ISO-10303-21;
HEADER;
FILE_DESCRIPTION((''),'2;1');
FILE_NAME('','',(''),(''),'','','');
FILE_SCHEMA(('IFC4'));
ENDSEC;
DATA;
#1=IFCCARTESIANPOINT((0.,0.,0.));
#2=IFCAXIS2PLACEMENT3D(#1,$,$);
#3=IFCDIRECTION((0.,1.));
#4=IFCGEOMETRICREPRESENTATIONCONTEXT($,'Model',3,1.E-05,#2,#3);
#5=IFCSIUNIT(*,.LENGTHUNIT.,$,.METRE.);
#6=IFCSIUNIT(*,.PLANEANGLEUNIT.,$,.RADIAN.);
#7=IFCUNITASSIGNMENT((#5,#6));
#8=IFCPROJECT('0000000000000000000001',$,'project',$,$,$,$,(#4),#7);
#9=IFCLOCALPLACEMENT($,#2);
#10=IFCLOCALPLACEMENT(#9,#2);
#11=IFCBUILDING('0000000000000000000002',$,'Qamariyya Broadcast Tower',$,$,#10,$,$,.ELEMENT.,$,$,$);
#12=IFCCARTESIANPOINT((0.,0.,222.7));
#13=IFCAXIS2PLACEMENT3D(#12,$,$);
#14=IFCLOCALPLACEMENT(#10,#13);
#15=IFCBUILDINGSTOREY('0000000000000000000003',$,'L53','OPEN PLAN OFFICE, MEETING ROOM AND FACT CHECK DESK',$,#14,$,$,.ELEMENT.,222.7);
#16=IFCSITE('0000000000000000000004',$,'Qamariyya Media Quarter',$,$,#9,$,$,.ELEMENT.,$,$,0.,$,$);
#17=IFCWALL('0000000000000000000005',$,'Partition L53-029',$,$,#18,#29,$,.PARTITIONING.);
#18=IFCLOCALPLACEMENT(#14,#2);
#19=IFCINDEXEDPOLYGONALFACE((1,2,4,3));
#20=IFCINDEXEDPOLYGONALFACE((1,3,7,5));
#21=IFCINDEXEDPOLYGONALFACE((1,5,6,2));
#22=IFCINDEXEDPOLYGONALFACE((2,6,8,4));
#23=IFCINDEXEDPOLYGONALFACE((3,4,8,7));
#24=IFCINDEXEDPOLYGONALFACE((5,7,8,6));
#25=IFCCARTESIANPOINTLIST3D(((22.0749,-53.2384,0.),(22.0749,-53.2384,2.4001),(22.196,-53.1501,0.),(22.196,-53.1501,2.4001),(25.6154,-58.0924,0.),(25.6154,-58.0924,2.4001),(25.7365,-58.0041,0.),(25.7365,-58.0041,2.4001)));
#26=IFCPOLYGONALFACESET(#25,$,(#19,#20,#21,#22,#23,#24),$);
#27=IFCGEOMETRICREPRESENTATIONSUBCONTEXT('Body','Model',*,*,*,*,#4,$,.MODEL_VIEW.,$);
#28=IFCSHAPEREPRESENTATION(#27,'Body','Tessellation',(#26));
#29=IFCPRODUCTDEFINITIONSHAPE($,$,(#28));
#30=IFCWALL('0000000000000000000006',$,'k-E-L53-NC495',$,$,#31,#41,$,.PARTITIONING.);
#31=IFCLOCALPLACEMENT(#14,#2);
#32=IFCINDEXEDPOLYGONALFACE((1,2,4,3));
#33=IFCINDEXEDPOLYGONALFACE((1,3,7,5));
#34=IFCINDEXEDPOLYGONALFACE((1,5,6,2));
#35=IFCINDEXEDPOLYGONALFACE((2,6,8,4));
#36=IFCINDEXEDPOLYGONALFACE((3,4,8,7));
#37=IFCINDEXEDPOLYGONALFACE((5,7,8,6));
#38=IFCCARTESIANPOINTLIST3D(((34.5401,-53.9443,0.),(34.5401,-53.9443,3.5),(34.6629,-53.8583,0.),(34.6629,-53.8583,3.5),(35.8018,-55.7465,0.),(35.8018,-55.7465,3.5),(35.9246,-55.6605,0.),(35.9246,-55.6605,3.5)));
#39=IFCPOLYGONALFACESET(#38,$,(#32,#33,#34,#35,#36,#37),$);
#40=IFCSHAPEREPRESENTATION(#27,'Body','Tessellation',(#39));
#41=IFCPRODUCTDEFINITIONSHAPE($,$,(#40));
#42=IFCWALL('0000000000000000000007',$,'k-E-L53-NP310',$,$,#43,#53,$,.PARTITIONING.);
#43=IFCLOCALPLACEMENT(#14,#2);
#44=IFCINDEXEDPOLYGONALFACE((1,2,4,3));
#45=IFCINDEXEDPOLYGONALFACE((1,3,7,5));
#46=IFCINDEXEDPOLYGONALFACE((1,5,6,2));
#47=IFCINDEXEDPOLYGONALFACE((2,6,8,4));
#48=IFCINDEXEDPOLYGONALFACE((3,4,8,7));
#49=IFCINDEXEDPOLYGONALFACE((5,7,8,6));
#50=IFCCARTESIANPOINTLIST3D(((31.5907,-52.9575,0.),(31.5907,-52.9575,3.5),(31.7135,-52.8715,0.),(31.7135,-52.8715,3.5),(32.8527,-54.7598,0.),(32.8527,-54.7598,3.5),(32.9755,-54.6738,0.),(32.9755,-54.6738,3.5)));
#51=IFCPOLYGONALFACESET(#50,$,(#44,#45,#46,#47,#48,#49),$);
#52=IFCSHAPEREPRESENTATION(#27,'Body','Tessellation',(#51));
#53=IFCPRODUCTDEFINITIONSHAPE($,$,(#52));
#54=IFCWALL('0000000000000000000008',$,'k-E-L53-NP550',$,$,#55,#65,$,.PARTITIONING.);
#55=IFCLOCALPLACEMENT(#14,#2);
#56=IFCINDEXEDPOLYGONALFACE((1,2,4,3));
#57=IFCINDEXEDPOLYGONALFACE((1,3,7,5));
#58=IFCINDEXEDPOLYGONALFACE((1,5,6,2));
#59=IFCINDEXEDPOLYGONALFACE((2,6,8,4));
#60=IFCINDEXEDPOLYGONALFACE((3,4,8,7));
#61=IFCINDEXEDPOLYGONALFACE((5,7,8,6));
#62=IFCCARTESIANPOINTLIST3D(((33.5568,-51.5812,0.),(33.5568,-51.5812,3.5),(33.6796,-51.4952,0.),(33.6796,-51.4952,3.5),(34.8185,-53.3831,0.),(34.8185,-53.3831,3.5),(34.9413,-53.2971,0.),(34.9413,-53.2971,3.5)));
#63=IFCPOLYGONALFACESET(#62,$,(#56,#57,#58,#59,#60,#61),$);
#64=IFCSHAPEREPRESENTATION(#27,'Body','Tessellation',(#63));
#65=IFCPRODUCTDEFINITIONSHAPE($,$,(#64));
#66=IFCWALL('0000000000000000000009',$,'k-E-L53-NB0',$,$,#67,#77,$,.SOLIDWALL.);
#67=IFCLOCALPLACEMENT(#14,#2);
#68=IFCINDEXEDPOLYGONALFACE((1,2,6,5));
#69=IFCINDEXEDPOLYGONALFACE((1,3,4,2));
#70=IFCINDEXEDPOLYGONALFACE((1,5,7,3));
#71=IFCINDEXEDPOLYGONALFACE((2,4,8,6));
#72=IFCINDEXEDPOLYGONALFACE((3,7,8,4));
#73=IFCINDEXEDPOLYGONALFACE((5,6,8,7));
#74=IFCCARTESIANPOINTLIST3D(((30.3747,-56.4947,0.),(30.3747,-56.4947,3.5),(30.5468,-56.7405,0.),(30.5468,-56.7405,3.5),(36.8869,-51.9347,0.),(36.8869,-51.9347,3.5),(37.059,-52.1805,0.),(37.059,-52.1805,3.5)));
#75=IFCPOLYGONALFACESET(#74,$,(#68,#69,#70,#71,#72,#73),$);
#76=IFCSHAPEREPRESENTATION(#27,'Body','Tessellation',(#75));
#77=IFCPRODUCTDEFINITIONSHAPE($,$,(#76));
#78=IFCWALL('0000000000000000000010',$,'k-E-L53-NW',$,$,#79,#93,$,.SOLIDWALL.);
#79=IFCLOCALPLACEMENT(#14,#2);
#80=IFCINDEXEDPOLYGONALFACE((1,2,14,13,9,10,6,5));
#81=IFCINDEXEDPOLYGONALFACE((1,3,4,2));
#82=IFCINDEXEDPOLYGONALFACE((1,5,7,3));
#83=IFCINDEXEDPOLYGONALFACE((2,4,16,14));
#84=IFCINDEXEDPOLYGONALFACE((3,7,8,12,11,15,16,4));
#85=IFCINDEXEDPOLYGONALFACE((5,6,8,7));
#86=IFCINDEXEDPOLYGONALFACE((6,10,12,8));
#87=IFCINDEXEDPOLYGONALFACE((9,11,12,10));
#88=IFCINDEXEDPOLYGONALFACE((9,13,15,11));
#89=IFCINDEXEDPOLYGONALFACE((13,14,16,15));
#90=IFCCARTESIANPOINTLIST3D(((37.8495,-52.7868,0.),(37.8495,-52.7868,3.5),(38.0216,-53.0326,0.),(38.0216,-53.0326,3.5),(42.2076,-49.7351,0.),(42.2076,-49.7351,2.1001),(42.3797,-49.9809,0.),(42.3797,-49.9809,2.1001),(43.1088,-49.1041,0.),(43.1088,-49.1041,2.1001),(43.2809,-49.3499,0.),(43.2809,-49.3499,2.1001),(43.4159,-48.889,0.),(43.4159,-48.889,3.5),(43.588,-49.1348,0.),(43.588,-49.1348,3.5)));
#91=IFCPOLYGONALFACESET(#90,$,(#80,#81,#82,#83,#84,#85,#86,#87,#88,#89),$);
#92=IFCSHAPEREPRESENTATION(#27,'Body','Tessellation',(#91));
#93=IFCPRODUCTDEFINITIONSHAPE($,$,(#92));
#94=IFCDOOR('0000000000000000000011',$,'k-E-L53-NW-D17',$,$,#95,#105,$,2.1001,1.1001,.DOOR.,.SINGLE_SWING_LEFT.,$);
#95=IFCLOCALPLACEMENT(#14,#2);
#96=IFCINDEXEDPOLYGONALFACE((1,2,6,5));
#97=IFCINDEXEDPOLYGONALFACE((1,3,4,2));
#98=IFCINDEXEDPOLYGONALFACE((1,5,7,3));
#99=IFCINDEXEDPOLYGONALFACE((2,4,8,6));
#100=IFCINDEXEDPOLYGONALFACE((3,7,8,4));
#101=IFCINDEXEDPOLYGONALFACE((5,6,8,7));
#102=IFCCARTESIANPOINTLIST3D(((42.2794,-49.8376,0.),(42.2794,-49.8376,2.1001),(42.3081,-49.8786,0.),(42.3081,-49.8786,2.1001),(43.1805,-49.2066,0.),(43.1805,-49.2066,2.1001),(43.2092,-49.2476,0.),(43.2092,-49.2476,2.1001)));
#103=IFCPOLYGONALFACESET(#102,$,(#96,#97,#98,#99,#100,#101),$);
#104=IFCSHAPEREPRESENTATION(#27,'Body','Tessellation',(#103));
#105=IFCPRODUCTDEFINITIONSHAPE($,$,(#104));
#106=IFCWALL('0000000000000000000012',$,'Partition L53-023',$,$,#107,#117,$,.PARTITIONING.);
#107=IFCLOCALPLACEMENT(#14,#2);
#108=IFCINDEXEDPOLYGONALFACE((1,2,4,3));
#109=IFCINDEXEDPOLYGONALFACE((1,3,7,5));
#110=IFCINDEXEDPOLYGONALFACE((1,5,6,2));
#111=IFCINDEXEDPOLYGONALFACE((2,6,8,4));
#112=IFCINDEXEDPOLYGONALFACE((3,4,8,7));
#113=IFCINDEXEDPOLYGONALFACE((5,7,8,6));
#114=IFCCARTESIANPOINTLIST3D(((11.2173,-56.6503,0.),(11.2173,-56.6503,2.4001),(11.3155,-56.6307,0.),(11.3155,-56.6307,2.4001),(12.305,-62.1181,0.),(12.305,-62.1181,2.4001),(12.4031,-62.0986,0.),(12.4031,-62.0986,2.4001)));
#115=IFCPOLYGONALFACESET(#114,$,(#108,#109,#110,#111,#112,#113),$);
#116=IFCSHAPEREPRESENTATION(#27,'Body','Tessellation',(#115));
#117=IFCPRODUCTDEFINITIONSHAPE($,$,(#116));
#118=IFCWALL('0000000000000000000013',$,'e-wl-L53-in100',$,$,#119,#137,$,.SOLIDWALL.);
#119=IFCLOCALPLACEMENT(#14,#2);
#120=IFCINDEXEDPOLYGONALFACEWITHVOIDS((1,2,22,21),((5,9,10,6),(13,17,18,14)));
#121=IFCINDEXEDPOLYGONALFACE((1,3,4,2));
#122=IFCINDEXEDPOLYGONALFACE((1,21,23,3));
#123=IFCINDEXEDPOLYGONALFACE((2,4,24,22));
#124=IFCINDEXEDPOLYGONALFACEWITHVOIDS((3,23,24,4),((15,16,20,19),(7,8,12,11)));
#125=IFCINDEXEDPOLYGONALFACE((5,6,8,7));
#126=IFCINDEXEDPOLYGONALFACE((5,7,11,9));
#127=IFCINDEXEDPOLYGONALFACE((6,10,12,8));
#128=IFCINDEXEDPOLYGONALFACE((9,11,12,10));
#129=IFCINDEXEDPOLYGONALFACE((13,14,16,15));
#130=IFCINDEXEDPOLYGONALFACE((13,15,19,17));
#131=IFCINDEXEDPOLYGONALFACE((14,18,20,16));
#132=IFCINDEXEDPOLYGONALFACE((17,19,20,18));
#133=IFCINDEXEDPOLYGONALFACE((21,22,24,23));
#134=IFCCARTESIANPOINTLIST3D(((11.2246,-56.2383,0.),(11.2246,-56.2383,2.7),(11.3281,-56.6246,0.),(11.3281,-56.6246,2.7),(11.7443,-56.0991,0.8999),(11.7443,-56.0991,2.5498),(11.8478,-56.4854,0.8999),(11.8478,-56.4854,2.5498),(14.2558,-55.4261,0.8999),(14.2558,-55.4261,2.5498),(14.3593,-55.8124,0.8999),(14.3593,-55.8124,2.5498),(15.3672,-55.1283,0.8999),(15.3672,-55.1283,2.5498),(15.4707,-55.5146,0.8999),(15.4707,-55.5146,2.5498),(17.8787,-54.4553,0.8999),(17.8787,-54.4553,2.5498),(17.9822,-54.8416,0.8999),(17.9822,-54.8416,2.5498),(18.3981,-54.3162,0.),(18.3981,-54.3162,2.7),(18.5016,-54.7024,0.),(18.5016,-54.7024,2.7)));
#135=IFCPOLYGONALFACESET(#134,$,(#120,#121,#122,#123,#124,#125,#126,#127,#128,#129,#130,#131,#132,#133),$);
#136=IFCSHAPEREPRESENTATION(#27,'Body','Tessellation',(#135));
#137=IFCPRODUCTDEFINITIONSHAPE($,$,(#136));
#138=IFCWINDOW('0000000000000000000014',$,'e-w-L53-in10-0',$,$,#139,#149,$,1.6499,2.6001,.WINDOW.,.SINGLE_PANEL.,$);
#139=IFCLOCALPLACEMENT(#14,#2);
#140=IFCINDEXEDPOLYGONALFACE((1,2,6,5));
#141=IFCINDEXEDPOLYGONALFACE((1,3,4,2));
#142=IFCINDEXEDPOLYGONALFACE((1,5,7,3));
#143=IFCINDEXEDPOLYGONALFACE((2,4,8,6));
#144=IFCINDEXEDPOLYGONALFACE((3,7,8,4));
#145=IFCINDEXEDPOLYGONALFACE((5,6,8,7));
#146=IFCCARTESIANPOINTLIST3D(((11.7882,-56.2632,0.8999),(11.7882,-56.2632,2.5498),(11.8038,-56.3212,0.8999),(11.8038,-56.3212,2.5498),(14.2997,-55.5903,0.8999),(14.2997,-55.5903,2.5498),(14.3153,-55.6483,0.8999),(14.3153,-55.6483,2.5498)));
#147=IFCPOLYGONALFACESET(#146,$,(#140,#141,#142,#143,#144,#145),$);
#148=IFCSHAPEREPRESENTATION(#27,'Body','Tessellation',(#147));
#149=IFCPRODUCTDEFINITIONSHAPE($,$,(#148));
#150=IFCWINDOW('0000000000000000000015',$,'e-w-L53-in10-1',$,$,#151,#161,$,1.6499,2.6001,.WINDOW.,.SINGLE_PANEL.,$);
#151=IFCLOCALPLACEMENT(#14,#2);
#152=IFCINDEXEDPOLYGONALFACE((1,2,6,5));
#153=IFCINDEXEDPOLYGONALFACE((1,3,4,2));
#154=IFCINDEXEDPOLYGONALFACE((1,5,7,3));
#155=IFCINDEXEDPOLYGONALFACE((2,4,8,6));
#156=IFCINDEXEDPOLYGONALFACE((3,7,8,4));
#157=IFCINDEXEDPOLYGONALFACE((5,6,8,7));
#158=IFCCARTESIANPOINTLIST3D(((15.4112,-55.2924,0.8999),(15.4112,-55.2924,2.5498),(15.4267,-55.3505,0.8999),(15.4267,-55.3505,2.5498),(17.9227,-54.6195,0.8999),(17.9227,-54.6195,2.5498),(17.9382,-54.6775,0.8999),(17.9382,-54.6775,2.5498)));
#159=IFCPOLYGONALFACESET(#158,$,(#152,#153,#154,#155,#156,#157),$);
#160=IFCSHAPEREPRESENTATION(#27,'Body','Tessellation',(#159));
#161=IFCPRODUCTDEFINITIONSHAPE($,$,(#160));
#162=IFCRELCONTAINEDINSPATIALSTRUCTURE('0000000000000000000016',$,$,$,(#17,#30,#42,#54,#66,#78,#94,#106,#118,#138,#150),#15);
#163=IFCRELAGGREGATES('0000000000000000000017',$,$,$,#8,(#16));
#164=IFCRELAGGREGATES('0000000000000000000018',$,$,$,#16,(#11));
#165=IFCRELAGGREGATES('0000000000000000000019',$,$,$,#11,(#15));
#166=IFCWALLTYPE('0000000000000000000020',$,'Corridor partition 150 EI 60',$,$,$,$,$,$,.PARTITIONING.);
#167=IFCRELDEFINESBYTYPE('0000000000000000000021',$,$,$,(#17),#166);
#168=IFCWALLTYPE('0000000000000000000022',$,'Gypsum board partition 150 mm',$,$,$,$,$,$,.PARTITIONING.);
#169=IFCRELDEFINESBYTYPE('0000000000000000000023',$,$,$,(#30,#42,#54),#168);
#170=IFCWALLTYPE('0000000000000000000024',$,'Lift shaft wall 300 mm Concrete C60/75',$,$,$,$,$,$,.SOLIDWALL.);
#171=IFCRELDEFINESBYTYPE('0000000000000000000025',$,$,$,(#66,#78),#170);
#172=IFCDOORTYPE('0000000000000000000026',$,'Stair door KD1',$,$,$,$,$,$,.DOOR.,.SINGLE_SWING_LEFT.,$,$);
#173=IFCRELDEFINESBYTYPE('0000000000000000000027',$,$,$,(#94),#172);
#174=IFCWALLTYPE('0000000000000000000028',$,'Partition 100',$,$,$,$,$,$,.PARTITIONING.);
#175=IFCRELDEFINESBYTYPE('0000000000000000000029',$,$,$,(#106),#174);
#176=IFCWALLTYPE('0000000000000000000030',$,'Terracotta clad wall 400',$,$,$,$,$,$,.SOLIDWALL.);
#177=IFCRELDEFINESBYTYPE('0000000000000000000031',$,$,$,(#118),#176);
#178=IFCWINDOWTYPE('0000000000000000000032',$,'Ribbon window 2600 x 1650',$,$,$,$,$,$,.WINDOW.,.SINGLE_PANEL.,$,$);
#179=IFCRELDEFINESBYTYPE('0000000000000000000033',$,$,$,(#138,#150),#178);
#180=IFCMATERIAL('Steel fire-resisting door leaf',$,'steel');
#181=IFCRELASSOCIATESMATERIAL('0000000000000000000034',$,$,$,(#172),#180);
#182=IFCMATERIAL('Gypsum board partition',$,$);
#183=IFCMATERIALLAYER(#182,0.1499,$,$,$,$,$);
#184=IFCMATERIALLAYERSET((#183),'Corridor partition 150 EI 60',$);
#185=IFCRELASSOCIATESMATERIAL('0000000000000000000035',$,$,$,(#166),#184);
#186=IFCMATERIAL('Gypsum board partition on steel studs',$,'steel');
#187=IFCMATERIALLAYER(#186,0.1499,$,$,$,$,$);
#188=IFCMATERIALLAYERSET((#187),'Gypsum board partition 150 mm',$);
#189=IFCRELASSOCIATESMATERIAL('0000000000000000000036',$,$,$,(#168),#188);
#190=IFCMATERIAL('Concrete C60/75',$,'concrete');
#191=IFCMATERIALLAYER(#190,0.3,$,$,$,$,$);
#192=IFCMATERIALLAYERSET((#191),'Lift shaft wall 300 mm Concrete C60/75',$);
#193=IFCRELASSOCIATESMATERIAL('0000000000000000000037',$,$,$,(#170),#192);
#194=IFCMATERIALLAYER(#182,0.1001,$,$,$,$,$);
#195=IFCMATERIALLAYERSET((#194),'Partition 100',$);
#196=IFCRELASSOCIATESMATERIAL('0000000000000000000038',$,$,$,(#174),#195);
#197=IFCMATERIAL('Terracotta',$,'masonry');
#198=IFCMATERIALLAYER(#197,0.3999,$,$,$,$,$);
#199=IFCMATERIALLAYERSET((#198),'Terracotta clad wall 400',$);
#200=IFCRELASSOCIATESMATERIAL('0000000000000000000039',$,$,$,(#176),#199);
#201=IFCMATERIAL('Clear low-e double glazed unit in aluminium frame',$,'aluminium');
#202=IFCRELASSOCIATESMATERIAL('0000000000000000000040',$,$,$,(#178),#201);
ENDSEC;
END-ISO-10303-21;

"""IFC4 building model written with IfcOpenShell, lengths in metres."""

from ifc_helpers import new_model, si_unit, direction, frame, frame_2d, origin, place, context, subcontext, project, spatial, rectangle, extrude, material, layer, layer_set, type_object, element, fill, save


model = new_model("IFC4")

# Units and contexts
model_context = context("Model", 3, precision=1e-05, world=origin(), true_north=direction((0.0, 1.0)))
body_context = subcontext(model_context, "Body", "Model", "MODEL_VIEW")
ifc_project = project(units=[si_unit("LENGTHUNIT", "METRE"), si_unit("PLANEANGLEUNIT", "RADIAN")], contexts=[model_context])

# Site, building, storey
site_placement = place(None, origin())
site = spatial("IfcSite", under=ifc_project, at=site_placement, Name="Qamariyya Media Quarter", CompositionType="ELEMENT", RefElevation=0.0)
building_placement = place(site_placement, origin())
building = spatial("IfcBuilding", under=site, at=building_placement, Name="Qamariyya Broadcast Tower", CompositionType="ELEMENT")
storey_placement = place(building_placement, frame((0.0, 0.0, 222.7)))
storey = spatial("IfcBuildingStorey", under=building, at=storey_placement, Name="L53", Description="OPEN PLAN OFFICE, MEETING ROOM AND FACT CHECK DESK", CompositionType="ELEMENT", Elevation=222.7)

# Shared definitions
ifc_material_1 = material(Name="Concrete C60/75", Category="concrete")

# Shared definitions
ifc_material_2 = material(Name="Steel fire-resisting door leaf", Category="steel")
door_type_1 = type_object("IfcDoorType", Name="Stair door KD1", OperationType="SINGLE_SWING_LEFT", PredefinedType="DOOR", material=ifc_material_2)

# Walls
ifc_material_3 = material(Name="Gypsum board partition")
ifc_layer_1 = layer(ifc_material_3, 0.1499)
ifc_layer_set_1 = layer_set([ifc_layer_1], Name="Corridor partition 150 EI 60")
wall_type_1 = type_object("IfcWallType", Name="Corridor partition 150 EI 60", PredefinedType="PARTITIONING", material=ifc_layer_set_1)
wall_1_placement = place(storey_placement, frame((22.1355, -53.1943, 0.0), z_axis=(0.0, 0.0, 1.0), x_axis=(0.589297, -0.807916, 0.0)))
element("IfcWall", 1, at=wall_1_placement, inside=storey, type_object=wall_type_1, Name="Partition L53-029", PredefinedType="PARTITIONING", context=body_context, shape_type="SweptSolid", body=[
    extrude(rectangle(XDim=6.0081, YDim=0.1499, at=frame_2d((3.0039, 0.0))), origin(), (0.0, 0.0, 1.0), 2.4001),
])
ifc_material_4 = material(Name="Gypsum board partition on steel studs", Category="steel")
ifc_layer_2 = layer(ifc_material_4, 0.1499)
ifc_layer_set_2 = layer_set([ifc_layer_2], Name="Gypsum board partition 150 mm")
wall_type_2 = type_object("IfcWallType", Name="Gypsum board partition 150 mm", PredefinedType="PARTITIONING", material=ifc_layer_set_2)
wall_2_placement = place(storey_placement, frame((35.8633, -55.7036, 0.0), z_axis=(0.0, 0.0, 1.0), x_axis=(-0.573507, 0.819201, 0.0)))
element("IfcWall", 2, at=wall_2_placement, inside=storey, type_object=wall_type_2, Name="k-E-L53-NC495", PredefinedType="PARTITIONING", context=body_context, shape_type="SweptSolid", body=[
    extrude(rectangle(XDim=2.2, YDim=0.1499, at=frame_2d((1.1001, 0.0))), origin(), (0.0, 0.0, 1.0), 3.5),
])
wall_3_placement = place(storey_placement, frame((32.9141, -54.7168, 0.0), z_axis=(0.0, 0.0, 1.0), x_axis=(-0.573581, 0.819149, 0.0)))
element("IfcWall", 3, at=wall_3_placement, inside=storey, type_object=wall_type_2, Name="k-E-L53-NP310", PredefinedType="PARTITIONING", context=body_context, shape_type="SweptSolid", body=[
    extrude(rectangle(XDim=2.2002, YDim=0.1499, at=frame_2d((1.1001, 0.0))), origin(), (0.0, 0.0, 1.0), 3.5),
])
wall_4_placement = place(storey_placement, frame((34.8799, -53.3401, 0.0), z_axis=(0.0, 0.0, 1.0), x_axis=(-0.573559, 0.819164, 0.0)))
element("IfcWall", 4, at=wall_4_placement, inside=storey, type_object=wall_type_2, Name="k-E-L53-NP550", PredefinedType="PARTITIONING", context=body_context, shape_type="SweptSolid", body=[
    extrude(rectangle(XDim=2.1997, YDim=0.1499, at=frame_2d((1.0999, 0.0))), origin(), (0.0, 0.0, 1.0), 3.5),
])
ifc_layer_3 = layer(ifc_material_1, 0.3)
ifc_layer_set_3 = layer_set([ifc_layer_3], Name="Lift shaft wall 300 mm Concrete C60/75")
wall_type_3 = type_object("IfcWallType", Name="Lift shaft wall 300 mm Concrete C60/75", PredefinedType="SOLIDWALL", material=ifc_layer_set_3)
wall_5_placement = place(storey_placement, frame((30.4607, -56.6177, 0.0), z_axis=(0.0, 0.0, 1.0), x_axis=(0.819142, 0.57359, 0.0)))
element("IfcWall", 5, at=wall_5_placement, inside=storey, type_object=wall_type_3, Name="k-E-L53-NB0", PredefinedType="SOLIDWALL", context=body_context, shape_type="SweptSolid", body=[
    extrude(rectangle(XDim=7.95, YDim=0.3, at=frame_2d((3.9751, 0.0))), origin(), (0.0, 0.0, 1.0), 3.5),
])

# Wall, opening, door
wall_6_placement = place(storey_placement, frame((37.9355, -52.9097, 0.0), z_axis=(0.0, 0.0, 1.0), x_axis=(0.819148, 0.573583, 0.0)))
wall_6 = element("IfcWall", 6, at=wall_6_placement, inside=storey, type_object=wall_type_3, Name="k-E-L53-NW", PredefinedType="SOLIDWALL", context=body_context, shape_type="SweptSolid", body=[
    extrude(rectangle(XDim=6.7954, YDim=0.3, at=frame_2d((3.3977, 0.0))), origin(), (0.0, 0.0, 1.0), 3.5),
])
opening_1_placement = place(wall_6_placement, frame((5.3203, 0.0, 0.0)))
opening_1 = element("IfcOpeningElement", 7, at=opening_1_placement, cuts=wall_6, PredefinedType="OPENING", context=body_context, shape_type="SweptSolid", body=[
    extrude(rectangle(XDim=1.1001, YDim=2.1001, at=frame_2d((0.55, 1.05))), frame((0.0, 0.1599, 0.0), z_axis=(0.0, -1.0, 0.0), x_axis=(1.0, 0.0, 0.0)), (0.0, 0.0, 1.0), 0.3201),
])
door_1_placement = place(opening_1_placement, origin())
door_1 = element("IfcDoor", 8, at=door_1_placement, inside=storey, type_object=door_type_1, Name="k-E-L53-NW-D17", OperationType="SINGLE_SWING_LEFT", OverallHeight=2.1001, OverallWidth=1.1001, PredefinedType="DOOR", context=body_context, shape_type="SweptSolid", body=[
    extrude(rectangle(XDim=1.1001, YDim=2.1001, at=frame_2d((0.55, 1.05))), frame((0.0, 0.0249, 0.0), z_axis=(0.0, -1.0, 0.0), x_axis=(1.0, 0.0, 0.0)), (0.0, 0.0, 1.0), 0.05),
])
fill(opening_1, door_1)

# Wall
ifc_layer_4 = layer(ifc_material_3, 0.1001)
ifc_layer_set_4 = layer_set([ifc_layer_4], Name="Partition 100")
wall_type_4 = type_object("IfcWallType", Name="Partition 100", PredefinedType="PARTITIONING", material=ifc_layer_set_4)
wall_7_placement = place(storey_placement, frame((11.2664, -56.6404, 0.0), z_axis=(0.0, 0.0, 1.0), x_axis=(0.195097, -0.980784, 0.0)))
element("IfcWall", 9, at=wall_7_placement, inside=storey, type_object=wall_type_4, Name="Partition L53-023", PredefinedType="PARTITIONING", context=body_context, shape_type="SweptSolid", body=[
    extrude(rectangle(XDim=5.575, YDim=0.1001, at=frame_2d((2.7876, 0.0))), origin(), (0.0, 0.0, 1.0), 2.4001),
])

# Wall, openings, windows
ifc_material_5 = material(Name="Terracotta", Category="masonry")
ifc_layer_5 = layer(ifc_material_5, 0.3999)
ifc_layer_set_5 = layer_set([ifc_layer_5], Name="Terracotta clad wall 400")
wall_type_5 = type_object("IfcWallType", Name="Terracotta clad wall 400", PredefinedType="SOLIDWALL", material=ifc_layer_set_5)
wall_8_placement = place(storey_placement, frame((18.45, -54.5093, 0.0), z_axis=(0.0, 0.0, 1.0), x_axis=(-0.965925, -0.258823, 0.0)))
wall_8 = element("IfcWall", 10, at=wall_8_placement, inside=storey, type_object=wall_type_5, Name="e-wl-L53-in100", PredefinedType="SOLIDWALL", context=body_context, shape_type="SweptSolid", body=[
    extrude(rectangle(XDim=7.4265, YDim=0.3999, at=frame_2d((3.7134, 0.0))), origin(), (0.0, 0.0, 1.0), 2.7),
])
opening_2_placement = place(wall_8_placement, frame((4.2886, 0.0, 0.8999)))
opening_2 = element("IfcOpeningElement", 11, at=opening_2_placement, cuts=wall_8, PredefinedType="OPENING", context=body_context, shape_type="SweptSolid", body=[
    extrude(rectangle(XDim=2.6001, YDim=1.6499, at=frame_2d((1.3, 0.825))), frame((0.0, 0.21, 0.0), z_axis=(0.0, -1.0, 0.0), x_axis=(1.0, 0.0, 0.0)), (0.0, 0.0, 1.0), 0.4199),
])
opening_3_placement = place(wall_8_placement, frame((0.5378, 0.0, 0.8999)))
opening_3 = element("IfcOpeningElement", 12, at=opening_3_placement, cuts=wall_8, PredefinedType="OPENING", context=body_context, shape_type="SweptSolid", body=[
    extrude(rectangle(XDim=2.6001, YDim=1.6499, at=frame_2d((1.3, 0.825))), frame((0.0, 0.21, 0.0), z_axis=(0.0, -1.0, 0.0), x_axis=(1.0, 0.0, 0.0)), (0.0, 0.0, 1.0), 0.4199),
])
ifc_material_6 = material(Name="Clear low-e double glazed unit in aluminium frame", Category="aluminium")
window_type = type_object("IfcWindowType", Name="Ribbon window 2600 x 1650", PartitioningType="SINGLE_PANEL", PredefinedType="WINDOW", material=ifc_material_6)
window_1_placement = place(opening_2_placement, origin())
window_1 = element("IfcWindow", 13, at=window_1_placement, inside=storey, type_object=window_type, Name="e-w-L53-in10-0", OverallHeight=1.6499, OverallWidth=2.6001, PartitioningType="SINGLE_PANEL", PredefinedType="WINDOW", context=body_context, shape_type="SweptSolid", body=[
    extrude(rectangle(XDim=2.6001, YDim=1.6499, at=frame_2d((1.3, 0.825))), frame((0.0, 0.03, 0.0), z_axis=(0.0, -1.0, 0.0), x_axis=(1.0, 0.0, 0.0)), (0.0, 0.0, 1.0), 0.0601),
])
fill(opening_2, window_1)
window_2_placement = place(opening_3_placement, origin())
window_2 = element("IfcWindow", 14, at=window_2_placement, inside=storey, type_object=window_type, Name="e-w-L53-in10-1", OverallHeight=1.6499, OverallWidth=2.6001, PartitioningType="SINGLE_PANEL", PredefinedType="WINDOW", context=body_context, shape_type="SweptSolid", body=[
    extrude(rectangle(XDim=2.6001, YDim=1.6499, at=frame_2d((1.3, 0.825))), frame((0.0, 0.03, 0.0), z_axis=(0.0, -1.0, 0.0), x_axis=(1.0, 0.0, 0.0)), (0.0, 0.0, 1.0), 0.0601),
])
fill(opening_3, window_2)

save(model, "model.ifc")
